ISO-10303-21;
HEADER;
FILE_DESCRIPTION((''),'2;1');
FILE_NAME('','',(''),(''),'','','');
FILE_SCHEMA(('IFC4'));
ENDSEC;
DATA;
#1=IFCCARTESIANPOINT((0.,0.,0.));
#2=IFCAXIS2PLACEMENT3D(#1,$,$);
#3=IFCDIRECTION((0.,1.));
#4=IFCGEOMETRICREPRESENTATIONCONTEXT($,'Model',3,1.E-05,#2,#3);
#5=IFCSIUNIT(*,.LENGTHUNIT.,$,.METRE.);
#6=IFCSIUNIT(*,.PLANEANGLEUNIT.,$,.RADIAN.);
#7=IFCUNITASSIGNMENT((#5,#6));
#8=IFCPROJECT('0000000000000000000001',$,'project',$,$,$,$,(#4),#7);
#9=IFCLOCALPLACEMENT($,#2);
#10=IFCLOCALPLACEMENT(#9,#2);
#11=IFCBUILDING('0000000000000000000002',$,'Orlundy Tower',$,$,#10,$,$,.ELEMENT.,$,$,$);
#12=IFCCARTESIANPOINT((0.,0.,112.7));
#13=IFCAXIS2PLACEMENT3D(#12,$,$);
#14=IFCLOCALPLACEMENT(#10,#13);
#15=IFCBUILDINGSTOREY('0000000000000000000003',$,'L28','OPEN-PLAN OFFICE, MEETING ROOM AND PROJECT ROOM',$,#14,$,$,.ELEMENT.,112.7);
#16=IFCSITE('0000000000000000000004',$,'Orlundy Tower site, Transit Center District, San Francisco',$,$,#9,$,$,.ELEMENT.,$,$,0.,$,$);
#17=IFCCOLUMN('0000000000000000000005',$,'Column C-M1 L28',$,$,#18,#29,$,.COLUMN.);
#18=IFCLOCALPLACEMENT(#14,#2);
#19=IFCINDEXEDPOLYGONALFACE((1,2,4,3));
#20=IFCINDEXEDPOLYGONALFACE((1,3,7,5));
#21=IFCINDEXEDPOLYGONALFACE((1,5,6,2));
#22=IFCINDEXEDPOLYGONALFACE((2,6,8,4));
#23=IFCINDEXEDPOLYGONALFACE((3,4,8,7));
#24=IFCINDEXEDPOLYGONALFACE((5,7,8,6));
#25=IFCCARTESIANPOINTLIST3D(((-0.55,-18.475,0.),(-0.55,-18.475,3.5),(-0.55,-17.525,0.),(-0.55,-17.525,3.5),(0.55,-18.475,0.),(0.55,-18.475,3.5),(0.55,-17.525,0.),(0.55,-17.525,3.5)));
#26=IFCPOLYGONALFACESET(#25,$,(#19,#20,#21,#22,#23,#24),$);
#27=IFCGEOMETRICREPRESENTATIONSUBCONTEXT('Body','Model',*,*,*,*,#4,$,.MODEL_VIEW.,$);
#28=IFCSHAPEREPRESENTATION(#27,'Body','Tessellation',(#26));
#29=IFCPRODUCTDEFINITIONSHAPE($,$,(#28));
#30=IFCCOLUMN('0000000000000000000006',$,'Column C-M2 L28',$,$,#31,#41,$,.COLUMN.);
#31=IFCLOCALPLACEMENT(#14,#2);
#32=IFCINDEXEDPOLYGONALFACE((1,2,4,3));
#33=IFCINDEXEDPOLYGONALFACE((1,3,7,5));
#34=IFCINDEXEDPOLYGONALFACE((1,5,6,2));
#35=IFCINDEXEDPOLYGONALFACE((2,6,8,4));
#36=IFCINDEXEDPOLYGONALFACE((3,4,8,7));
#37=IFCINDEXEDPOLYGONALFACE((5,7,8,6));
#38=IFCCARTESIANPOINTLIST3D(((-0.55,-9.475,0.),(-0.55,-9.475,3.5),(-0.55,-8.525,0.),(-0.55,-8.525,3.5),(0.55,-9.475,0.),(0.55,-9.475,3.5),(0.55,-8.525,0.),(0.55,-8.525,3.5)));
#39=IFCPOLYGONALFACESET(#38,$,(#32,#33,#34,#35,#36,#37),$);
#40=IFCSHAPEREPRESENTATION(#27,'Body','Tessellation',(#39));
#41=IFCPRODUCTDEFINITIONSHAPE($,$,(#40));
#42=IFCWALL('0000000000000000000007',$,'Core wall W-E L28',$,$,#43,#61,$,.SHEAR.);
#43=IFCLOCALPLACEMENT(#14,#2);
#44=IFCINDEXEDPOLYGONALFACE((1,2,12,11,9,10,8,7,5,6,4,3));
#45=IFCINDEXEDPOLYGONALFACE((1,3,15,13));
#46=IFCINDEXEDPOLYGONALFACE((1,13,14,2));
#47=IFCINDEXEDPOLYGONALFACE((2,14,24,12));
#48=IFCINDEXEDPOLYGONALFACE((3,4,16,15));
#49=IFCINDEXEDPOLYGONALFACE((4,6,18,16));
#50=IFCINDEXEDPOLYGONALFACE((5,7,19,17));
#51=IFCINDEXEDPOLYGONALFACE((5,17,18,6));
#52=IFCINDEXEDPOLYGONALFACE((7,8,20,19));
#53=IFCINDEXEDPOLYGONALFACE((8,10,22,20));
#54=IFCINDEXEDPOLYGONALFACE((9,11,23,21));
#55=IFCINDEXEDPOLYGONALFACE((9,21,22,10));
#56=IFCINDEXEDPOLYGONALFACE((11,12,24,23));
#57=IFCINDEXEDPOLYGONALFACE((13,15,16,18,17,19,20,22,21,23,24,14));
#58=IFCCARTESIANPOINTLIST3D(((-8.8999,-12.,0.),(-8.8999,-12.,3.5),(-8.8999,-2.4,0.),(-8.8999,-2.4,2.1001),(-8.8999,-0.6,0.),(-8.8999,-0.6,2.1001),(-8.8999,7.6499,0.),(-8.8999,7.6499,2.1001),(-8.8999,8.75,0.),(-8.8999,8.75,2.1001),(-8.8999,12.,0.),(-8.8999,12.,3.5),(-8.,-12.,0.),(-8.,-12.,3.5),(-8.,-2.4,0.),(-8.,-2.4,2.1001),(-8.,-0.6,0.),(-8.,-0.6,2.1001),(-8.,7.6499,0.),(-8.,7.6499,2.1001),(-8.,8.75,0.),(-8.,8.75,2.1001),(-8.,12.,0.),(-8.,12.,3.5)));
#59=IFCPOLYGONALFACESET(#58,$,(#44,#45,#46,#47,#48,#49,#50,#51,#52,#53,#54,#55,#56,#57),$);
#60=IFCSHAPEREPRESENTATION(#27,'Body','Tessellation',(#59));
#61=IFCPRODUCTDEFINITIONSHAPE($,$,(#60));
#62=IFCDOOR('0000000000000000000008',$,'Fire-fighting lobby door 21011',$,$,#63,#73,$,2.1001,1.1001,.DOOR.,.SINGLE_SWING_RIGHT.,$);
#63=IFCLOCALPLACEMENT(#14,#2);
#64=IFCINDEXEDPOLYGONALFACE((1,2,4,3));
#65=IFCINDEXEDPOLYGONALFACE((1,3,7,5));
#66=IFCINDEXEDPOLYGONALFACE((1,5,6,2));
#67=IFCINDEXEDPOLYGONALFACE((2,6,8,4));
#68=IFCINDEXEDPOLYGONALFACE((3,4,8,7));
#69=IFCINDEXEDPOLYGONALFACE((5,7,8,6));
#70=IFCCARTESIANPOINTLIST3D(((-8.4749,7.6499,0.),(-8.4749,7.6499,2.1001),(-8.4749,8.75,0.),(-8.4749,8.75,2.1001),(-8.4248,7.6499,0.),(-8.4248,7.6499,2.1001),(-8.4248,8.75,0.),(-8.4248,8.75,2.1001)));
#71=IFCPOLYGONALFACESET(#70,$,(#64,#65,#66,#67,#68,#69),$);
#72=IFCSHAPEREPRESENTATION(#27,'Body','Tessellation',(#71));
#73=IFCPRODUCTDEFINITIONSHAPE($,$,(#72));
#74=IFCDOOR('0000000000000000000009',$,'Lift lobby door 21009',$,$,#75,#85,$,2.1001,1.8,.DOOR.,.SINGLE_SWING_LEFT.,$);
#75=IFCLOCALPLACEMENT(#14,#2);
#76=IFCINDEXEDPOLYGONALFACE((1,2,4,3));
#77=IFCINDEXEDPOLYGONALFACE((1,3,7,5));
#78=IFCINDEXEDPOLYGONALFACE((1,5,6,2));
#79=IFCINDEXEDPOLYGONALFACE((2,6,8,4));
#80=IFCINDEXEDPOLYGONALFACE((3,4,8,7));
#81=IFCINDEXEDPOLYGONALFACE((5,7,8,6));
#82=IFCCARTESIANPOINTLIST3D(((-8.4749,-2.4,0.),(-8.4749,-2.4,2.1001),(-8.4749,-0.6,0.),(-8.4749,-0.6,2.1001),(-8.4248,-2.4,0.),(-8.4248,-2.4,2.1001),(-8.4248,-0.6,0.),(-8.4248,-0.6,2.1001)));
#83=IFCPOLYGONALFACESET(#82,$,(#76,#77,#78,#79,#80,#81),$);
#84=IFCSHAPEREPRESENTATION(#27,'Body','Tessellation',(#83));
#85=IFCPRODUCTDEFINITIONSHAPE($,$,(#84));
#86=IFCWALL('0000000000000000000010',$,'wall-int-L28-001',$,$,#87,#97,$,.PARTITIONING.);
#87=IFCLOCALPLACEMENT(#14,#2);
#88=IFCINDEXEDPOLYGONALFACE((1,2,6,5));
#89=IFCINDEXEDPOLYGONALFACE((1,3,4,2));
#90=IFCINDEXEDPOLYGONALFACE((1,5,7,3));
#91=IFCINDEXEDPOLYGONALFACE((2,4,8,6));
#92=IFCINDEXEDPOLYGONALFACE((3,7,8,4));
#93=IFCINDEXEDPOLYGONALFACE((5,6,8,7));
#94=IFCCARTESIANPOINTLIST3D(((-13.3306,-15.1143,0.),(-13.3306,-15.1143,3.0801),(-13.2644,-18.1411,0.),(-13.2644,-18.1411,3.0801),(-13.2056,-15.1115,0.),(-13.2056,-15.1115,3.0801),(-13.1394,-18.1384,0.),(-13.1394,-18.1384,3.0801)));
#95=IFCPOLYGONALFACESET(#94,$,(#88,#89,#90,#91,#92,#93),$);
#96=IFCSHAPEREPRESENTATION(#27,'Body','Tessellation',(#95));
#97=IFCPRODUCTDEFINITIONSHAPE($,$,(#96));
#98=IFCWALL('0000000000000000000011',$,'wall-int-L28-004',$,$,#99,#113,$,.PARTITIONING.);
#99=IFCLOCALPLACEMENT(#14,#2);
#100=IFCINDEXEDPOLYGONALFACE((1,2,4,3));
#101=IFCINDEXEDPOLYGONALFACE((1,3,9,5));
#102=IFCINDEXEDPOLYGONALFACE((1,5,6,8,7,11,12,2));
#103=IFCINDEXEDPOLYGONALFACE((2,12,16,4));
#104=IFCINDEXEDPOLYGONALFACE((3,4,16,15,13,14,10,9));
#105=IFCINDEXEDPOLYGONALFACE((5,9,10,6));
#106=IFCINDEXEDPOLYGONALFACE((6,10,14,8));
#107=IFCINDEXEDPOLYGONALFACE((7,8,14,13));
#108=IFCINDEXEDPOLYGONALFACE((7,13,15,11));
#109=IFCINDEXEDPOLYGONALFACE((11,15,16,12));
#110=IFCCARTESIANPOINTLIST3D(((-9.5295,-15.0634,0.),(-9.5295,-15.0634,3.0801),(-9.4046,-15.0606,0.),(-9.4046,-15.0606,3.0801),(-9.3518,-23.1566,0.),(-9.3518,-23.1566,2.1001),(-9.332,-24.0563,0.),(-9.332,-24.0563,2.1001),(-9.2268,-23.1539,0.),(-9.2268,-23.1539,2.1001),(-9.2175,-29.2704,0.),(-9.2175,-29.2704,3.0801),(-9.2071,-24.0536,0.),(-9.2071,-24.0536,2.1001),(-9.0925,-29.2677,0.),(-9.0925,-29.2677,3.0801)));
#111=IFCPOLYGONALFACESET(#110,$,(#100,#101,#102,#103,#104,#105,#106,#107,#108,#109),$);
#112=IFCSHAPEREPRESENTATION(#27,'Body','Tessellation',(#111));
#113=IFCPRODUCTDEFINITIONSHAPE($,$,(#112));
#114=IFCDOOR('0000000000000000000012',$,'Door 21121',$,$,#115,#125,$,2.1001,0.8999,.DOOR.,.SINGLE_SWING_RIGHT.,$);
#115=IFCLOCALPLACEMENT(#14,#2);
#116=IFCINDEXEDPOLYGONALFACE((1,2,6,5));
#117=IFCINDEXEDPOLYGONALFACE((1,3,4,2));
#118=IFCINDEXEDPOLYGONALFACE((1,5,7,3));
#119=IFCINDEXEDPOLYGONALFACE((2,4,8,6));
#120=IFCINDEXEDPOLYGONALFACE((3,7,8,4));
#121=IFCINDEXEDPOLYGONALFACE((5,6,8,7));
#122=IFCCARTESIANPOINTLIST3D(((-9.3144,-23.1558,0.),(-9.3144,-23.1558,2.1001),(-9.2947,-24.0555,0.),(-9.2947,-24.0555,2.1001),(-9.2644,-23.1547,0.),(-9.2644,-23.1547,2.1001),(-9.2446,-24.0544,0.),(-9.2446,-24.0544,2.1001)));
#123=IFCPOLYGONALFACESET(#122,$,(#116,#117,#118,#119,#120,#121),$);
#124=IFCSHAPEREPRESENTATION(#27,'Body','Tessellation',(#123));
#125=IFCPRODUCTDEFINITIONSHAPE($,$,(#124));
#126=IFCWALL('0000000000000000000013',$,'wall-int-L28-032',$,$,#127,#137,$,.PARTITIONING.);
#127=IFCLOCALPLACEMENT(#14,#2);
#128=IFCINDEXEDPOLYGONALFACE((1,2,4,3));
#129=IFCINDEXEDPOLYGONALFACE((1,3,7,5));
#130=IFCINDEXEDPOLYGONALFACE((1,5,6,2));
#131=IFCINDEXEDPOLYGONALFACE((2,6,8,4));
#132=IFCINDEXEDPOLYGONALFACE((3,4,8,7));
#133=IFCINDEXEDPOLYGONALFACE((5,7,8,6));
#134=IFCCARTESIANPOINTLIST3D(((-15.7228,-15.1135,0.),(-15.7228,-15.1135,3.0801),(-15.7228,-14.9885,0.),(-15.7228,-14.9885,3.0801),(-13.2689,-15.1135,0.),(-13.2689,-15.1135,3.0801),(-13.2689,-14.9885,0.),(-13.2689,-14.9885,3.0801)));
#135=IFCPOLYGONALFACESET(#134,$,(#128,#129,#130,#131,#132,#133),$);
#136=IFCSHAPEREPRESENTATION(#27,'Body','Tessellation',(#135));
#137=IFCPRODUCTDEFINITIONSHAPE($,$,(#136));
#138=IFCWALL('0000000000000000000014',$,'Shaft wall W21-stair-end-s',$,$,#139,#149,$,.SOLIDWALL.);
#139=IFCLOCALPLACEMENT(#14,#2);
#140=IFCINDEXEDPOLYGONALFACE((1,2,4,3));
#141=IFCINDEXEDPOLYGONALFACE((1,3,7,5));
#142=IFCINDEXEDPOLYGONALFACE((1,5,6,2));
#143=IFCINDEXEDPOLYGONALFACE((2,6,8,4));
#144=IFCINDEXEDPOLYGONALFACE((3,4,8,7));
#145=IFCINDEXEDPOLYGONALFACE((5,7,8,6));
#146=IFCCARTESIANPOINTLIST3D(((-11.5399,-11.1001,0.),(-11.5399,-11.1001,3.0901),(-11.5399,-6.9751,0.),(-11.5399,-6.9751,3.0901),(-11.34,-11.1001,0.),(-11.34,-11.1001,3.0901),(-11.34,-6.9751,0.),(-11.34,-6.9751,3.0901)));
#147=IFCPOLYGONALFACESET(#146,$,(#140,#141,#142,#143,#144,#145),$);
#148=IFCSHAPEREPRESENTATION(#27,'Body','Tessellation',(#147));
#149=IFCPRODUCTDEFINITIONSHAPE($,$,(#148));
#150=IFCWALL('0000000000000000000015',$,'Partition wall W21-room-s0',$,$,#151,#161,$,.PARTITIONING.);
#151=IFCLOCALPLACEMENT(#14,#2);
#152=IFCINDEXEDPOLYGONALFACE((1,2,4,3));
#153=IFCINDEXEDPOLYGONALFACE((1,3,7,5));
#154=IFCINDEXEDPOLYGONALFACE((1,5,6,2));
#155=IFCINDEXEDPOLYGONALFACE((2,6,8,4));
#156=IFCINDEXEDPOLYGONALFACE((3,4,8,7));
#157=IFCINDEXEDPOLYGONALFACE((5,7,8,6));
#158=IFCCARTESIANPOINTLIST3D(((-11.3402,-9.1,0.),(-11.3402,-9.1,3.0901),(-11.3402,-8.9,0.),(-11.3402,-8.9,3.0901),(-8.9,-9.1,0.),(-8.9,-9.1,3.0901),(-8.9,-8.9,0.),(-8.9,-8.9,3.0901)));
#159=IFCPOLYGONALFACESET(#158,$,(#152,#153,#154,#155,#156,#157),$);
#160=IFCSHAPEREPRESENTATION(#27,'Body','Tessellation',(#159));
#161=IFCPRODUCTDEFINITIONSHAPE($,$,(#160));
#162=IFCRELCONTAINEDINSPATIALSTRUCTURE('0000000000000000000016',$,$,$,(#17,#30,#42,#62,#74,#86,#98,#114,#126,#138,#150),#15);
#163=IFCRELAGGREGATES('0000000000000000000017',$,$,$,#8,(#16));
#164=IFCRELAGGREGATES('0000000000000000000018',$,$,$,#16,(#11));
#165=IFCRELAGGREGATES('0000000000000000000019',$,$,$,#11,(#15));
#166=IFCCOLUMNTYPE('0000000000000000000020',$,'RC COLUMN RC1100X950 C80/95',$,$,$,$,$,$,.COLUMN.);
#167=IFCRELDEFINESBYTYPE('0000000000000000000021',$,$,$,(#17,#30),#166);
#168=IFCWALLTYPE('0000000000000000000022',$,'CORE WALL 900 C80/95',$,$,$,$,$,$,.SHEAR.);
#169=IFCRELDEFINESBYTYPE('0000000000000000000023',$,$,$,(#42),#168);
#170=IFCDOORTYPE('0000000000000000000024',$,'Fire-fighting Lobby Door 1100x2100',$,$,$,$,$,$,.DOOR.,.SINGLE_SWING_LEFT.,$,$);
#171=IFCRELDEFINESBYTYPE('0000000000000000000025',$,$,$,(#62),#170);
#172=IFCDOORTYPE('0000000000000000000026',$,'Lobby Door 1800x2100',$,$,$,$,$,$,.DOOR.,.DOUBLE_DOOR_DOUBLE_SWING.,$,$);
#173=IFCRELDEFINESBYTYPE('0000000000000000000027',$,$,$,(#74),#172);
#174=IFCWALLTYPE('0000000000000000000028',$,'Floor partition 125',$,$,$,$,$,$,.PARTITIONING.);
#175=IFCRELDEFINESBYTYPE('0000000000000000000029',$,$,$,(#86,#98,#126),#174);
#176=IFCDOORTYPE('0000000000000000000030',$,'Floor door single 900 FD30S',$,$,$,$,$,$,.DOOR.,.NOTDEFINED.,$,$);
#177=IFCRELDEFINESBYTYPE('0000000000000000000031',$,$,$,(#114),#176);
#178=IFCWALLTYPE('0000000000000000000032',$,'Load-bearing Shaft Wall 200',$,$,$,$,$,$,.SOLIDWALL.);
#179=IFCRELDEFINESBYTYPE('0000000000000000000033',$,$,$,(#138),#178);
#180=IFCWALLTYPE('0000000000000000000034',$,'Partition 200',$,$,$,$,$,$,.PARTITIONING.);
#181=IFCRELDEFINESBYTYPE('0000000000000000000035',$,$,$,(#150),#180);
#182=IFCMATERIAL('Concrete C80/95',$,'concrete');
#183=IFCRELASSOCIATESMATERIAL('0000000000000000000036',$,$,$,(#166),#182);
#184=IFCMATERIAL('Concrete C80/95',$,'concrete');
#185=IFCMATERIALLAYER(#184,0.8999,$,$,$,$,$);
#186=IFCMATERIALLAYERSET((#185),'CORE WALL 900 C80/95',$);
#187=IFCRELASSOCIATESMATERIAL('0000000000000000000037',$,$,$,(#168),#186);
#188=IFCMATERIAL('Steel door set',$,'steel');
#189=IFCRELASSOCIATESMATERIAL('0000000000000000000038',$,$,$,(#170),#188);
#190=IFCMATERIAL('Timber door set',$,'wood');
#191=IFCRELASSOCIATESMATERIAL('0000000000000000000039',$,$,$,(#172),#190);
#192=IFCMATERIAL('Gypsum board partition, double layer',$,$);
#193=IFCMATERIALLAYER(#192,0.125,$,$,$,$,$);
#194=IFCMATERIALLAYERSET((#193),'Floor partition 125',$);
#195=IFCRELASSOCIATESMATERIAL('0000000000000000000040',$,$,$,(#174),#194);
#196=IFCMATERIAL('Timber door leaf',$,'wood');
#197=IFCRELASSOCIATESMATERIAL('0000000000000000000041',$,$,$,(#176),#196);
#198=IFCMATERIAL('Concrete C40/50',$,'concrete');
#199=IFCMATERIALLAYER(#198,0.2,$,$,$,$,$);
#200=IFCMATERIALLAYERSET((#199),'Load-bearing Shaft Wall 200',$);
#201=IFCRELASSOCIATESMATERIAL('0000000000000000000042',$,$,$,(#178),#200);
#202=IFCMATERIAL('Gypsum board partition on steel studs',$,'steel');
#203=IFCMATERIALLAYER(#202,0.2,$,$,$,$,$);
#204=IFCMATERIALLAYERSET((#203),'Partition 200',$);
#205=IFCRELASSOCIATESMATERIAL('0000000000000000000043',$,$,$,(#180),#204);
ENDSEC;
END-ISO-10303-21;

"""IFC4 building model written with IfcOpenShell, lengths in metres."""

from ifc_helpers import new_model, si_unit, direction, frame, frame_2d, origin, origin_2d, place, context, subcontext, project, spatial, rectangle, extrude, material, layer, layer_set, material_profile, profile_set, type_object, element, fill, save


model = new_model("IFC4")

# Units and contexts
model_context = context("Model", 3, precision=1e-05, world=origin(), true_north=direction((0.0, 1.0)))
body_context = subcontext(model_context, "Body", "Model", "MODEL_VIEW")
ifc_project = project(units=[si_unit("LENGTHUNIT", "METRE"), si_unit("PLANEANGLEUNIT", "RADIAN")], contexts=[model_context])

# Site, building, storey
site_placement = place(None, origin())
site = spatial("IfcSite", under=ifc_project, at=site_placement, Name="Orlundy Tower site, Transit Center District, San Francisco", CompositionType="ELEMENT", RefElevation=0.0)
building_placement = place(site_placement, origin())
building = spatial("IfcBuilding", under=site, at=building_placement, Name="Orlundy Tower", CompositionType="ELEMENT")
storey_placement = place(building_placement, frame((0.0, 0.0, 112.7)))
storey = spatial("IfcBuildingStorey", under=building, at=storey_placement, Name="L28", Description="OPEN-PLAN OFFICE, MEETING ROOM AND PROJECT ROOM", CompositionType="ELEMENT", Elevation=112.7)

# Columns
ifc_material_1 = material(Name="Concrete C80/95", Category="concrete")
ifc_material_profile = material_profile(ifc_material_1, rectangle(XDim=1.1001, YDim=0.95, at=origin_2d()), Name="RC1100X950")
ifc_profile_set = profile_set([ifc_material_profile], Name="Concrete C80/95")
column_type = type_object("IfcColumnType", Name="RC COLUMN RC1100X950 C80/95", PredefinedType="COLUMN", material=ifc_profile_set)
for number, where, z_axis, x_axis, name in (
    (1, (0.0, -18.0, 0.0), (0.0, 0.0, 1.0), (1.0, 0.0, 0.0), "Column C-M1 L28"),
    (2, (0.0, -9.0, 0.0), (0.0, 0.0, 1.0), (1.0, 0.0, 0.0), "Column C-M2 L28"),
):
    element("IfcColumn", number, at=place(storey_placement, frame(where, z_axis=z_axis, x_axis=x_axis)), inside=storey, type_object=column_type, Name=name, PredefinedType="COLUMN", context=body_context, shape_type="SweptSolid", body=[
        extrude(rectangle(XDim=1.1001, YDim=0.95, at=origin_2d()), origin(), (0.0, 0.0, 1.0), 3.5),
    ])

# Wall, openings, doors
ifc_material_2 = material(Name="Concrete C80/95", Category="concrete")
ifc_layer_1 = layer(ifc_material_2, 0.8999)
ifc_layer_set_1 = layer_set([ifc_layer_1], Name="CORE WALL 900 C80/95")
wall_type_1 = type_object("IfcWallType", Name="CORE WALL 900 C80/95", PredefinedType="SHEAR", material=ifc_layer_set_1)
wall_1_placement = place(storey_placement, frame((-8.45, -12.0, 0.0), z_axis=(0.0, 0.0, 1.0), x_axis=(0.0, 1.0, 0.0)))
wall_1 = element("IfcWall", 3, at=wall_1_placement, inside=storey, type_object=wall_type_1, Name="Core wall W-E L28", PredefinedType="SHEAR", context=body_context, shape_type="SweptSolid", body=[
    extrude(rectangle(XDim=24.0, YDim=0.8999, at=frame_2d((12.0, 0.0))), origin(), (0.0, 0.0, 1.0), 3.5),
])
opening_1_placement = place(wall_1_placement, frame((9.6001, 0.0, 0.0)))
opening_1 = element("IfcOpeningElement", 4, at=opening_1_placement, cuts=wall_1, PredefinedType="OPENING", context=body_context, shape_type="SweptSolid", body=[
    extrude(rectangle(XDim=1.8, YDim=2.1001, at=frame_2d((0.8999, 1.05))), frame((0.0, 0.46, 0.0), z_axis=(0.0, -1.0, 0.0), x_axis=(1.0, 0.0, 0.0)), (0.0, 0.0, 1.0), 0.9199),
])
opening_2_placement = place(wall_1_placement, frame((19.6499, 0.0, 0.0)))
opening_2 = element("IfcOpeningElement", 5, at=opening_2_placement, cuts=wall_1, PredefinedType="OPENING", context=body_context, shape_type="SweptSolid", body=[
    extrude(rectangle(XDim=1.1001, YDim=2.1001, at=frame_2d((0.55, 1.05))), frame((0.0, 0.46, 0.0), z_axis=(0.0, -1.0, 0.0), x_axis=(1.0, 0.0, 0.0)), (0.0, 0.0, 1.0), 0.9199),
])
ifc_material_3 = material(Name="Steel door set", Category="steel")
door_type_1 = type_object("IfcDoorType", Name="Fire-fighting Lobby Door 1100x2100", OperationType="SINGLE_SWING_LEFT", PredefinedType="DOOR", material=ifc_material_3)
door_1_placement = place(opening_2_placement, origin())
door_1 = element("IfcDoor", 6, at=door_1_placement, inside=storey, type_object=door_type_1, Name="Fire-fighting lobby door 21011", OperationType="SINGLE_SWING_RIGHT", OverallHeight=2.1001, OverallWidth=1.1001, PredefinedType="DOOR", context=body_context, shape_type="SweptSolid", body=[
    extrude(rectangle(XDim=1.1001, YDim=2.1001, at=frame_2d((0.55, 1.05))), frame((0.0, 0.0249, 0.0), z_axis=(0.0, -1.0, 0.0), x_axis=(1.0, 0.0, 0.0)), (0.0, 0.0, 1.0), 0.05),
])
fill(opening_2, door_1)
ifc_material_4 = material(Name="Timber door set", Category="wood")
door_type_2 = type_object("IfcDoorType", Name="Lobby Door 1800x2100", OperationType="DOUBLE_DOOR_DOUBLE_SWING", PredefinedType="DOOR", material=ifc_material_4)
door_2_placement = place(opening_1_placement, origin())
door_2 = element("IfcDoor", 7, at=door_2_placement, inside=storey, type_object=door_type_2, Name="Lift lobby door 21009", OperationType="SINGLE_SWING_LEFT", OverallHeight=2.1001, OverallWidth=1.8, PredefinedType="DOOR", context=body_context, shape_type="SweptSolid", body=[
    extrude(rectangle(XDim=1.8, YDim=2.1001, at=frame_2d((0.8999, 1.05))), frame((0.0, 0.0249, 0.0), z_axis=(0.0, -1.0, 0.0), x_axis=(1.0, 0.0, 0.0)), (0.0, 0.0, 1.0), 0.05),
])
fill(opening_1, door_2)

# Wall
ifc_material_5 = material(Name="Gypsum board partition, double layer")
ifc_layer_2 = layer(ifc_material_5, 0.125)
ifc_layer_set_2 = layer_set([ifc_layer_2], Name="Floor partition 125")
wall_type_2 = type_object("IfcWallType", Name="Floor partition 125", PredefinedType="PARTITIONING", material=ifc_layer_set_2)
wall_2_placement = place(storey_placement, frame((-13.2681, -15.113, 0.0), z_axis=(0.0, 0.0, 1.0), x_axis=(0.021853, -0.999761, 0.0)))
element("IfcWall", 8, at=wall_2_placement, inside=storey, type_object=wall_type_2, Name="wall-int-L28-001", PredefinedType="PARTITIONING", context=body_context, shape_type="SweptSolid", body=[
    extrude(rectangle(XDim=3.0276, YDim=0.125, at=frame_2d((1.5137, 0.0))), origin(), (0.0, 0.0, 1.0), 3.0801),
])

# Wall, opening, door
wall_3_placement = place(storey_placement, frame((-9.467, -15.062, 0.0), z_axis=(0.0, 0.0, 1.0), x_axis=(0.021956, -0.999759, 0.0)))
wall_3 = element("IfcWall", 9, at=wall_3_placement, inside=storey, type_object=wall_type_2, Name="wall-int-L28-004", PredefinedType="PARTITIONING", context=body_context, shape_type="SweptSolid", body=[
    extrude(rectangle(XDim=14.2104, YDim=0.125, at=frame_2d((7.1052, 0.0))), origin(), (0.0, 0.0, 1.0), 3.0801),
])
opening_3_placement = place(wall_3_placement, frame((8.0952, 0.0, 0.0)))
opening_3 = element("IfcOpeningElement", 10, at=opening_3_placement, cuts=wall_3, PredefinedType="OPENING", context=body_context, shape_type="SweptSolid", body=[
    extrude(rectangle(XDim=0.8999, YDim=2.1001, at=frame_2d((0.45, 1.05))), frame((0.0, 0.0725, 0.0), z_axis=(0.0, -1.0, 0.0), x_axis=(1.0, 0.0, 0.0)), (0.0, 0.0, 1.0), 0.145),
])
ifc_material_6 = material(Name="Timber door leaf", Category="wood")
door_type_3 = type_object("IfcDoorType", Name="Floor door single 900 FD30S", OperationType="NOTDEFINED", PredefinedType="DOOR", material=ifc_material_6)
door_3_placement = place(opening_3_placement, origin())
door_3 = element("IfcDoor", 11, at=door_3_placement, inside=storey, type_object=door_type_3, Name="Door 21121", OperationType="SINGLE_SWING_RIGHT", OverallHeight=2.1001, OverallWidth=0.8999, PredefinedType="DOOR", context=body_context, shape_type="SweptSolid", body=[
    extrude(rectangle(XDim=0.8999, YDim=2.1001, at=frame_2d((0.45, 1.05))), frame((0.0, 0.0249, 0.0), z_axis=(0.0, -1.0, 0.0), x_axis=(1.0, 0.0, 0.0)), (0.0, 0.0, 1.0), 0.05),
])
fill(opening_3, door_3)

# Walls
wall_4_placement = place(storey_placement, frame((-15.7229, -15.051, 0.0), z_axis=(0.0, 0.0, 1.0), x_axis=(1.0, 0.0, 0.0)))
element("IfcWall", 12, at=wall_4_placement, inside=storey, type_object=wall_type_2, Name="wall-int-L28-032", PredefinedType="PARTITIONING", context=body_context, shape_type="SweptSolid", body=[
    extrude(rectangle(XDim=2.4539, YDim=0.125, at=frame_2d((1.2271, 0.0))), origin(), (0.0, 0.0, 1.0), 3.0801),
])
ifc_material_7 = material(Name="Concrete C40/50", Category="concrete")
ifc_layer_3 = layer(ifc_material_7, 0.2)
ifc_layer_set_3 = layer_set([ifc_layer_3], Name="Load-bearing Shaft Wall 200")
wall_type_3 = type_object("IfcWallType", Name="Load-bearing Shaft Wall 200", PredefinedType="SOLIDWALL", material=ifc_layer_set_3)
wall_5_placement = place(storey_placement, frame((-11.4399, -11.1001, 0.0), z_axis=(0.0, 0.0, 1.0), x_axis=(0.0, 1.0, 0.0)))
element("IfcWall", 13, at=wall_5_placement, inside=storey, type_object=wall_type_3, Name="Shaft wall W21-stair-end-s", PredefinedType="SOLIDWALL", context=body_context, shape_type="SweptSolid", body=[
    extrude(rectangle(XDim=4.125, YDim=0.2, at=frame_2d((2.0625, 0.0))), origin(), (0.0, 0.0, 1.0), 3.0901),
])
ifc_material_8 = material(Name="Gypsum board partition on steel studs", Category="steel")
ifc_layer_4 = layer(ifc_material_8, 0.2)
ifc_layer_set_4 = layer_set([ifc_layer_4], Name="Partition 200")
wall_type_4 = type_object("IfcWallType", Name="Partition 200", PredefinedType="PARTITIONING", material=ifc_layer_set_4)
wall_6_placement = place(storey_placement, frame((-8.8999, -9.0, 0.0), z_axis=(0.0, 0.0, 1.0), x_axis=(-1.0, 0.0, 0.0)))
element("IfcWall", 14, at=wall_6_placement, inside=storey, type_object=wall_type_4, Name="Partition wall W21-room-s0", PredefinedType="PARTITIONING", context=body_context, shape_type="SweptSolid", body=[
    extrude(rectangle(XDim=2.4402, YDim=0.2, at=frame_2d((1.2202, 0.0))), origin(), (0.0, 0.0, 1.0), 3.0901),
])

save(model, "model.ifc")
